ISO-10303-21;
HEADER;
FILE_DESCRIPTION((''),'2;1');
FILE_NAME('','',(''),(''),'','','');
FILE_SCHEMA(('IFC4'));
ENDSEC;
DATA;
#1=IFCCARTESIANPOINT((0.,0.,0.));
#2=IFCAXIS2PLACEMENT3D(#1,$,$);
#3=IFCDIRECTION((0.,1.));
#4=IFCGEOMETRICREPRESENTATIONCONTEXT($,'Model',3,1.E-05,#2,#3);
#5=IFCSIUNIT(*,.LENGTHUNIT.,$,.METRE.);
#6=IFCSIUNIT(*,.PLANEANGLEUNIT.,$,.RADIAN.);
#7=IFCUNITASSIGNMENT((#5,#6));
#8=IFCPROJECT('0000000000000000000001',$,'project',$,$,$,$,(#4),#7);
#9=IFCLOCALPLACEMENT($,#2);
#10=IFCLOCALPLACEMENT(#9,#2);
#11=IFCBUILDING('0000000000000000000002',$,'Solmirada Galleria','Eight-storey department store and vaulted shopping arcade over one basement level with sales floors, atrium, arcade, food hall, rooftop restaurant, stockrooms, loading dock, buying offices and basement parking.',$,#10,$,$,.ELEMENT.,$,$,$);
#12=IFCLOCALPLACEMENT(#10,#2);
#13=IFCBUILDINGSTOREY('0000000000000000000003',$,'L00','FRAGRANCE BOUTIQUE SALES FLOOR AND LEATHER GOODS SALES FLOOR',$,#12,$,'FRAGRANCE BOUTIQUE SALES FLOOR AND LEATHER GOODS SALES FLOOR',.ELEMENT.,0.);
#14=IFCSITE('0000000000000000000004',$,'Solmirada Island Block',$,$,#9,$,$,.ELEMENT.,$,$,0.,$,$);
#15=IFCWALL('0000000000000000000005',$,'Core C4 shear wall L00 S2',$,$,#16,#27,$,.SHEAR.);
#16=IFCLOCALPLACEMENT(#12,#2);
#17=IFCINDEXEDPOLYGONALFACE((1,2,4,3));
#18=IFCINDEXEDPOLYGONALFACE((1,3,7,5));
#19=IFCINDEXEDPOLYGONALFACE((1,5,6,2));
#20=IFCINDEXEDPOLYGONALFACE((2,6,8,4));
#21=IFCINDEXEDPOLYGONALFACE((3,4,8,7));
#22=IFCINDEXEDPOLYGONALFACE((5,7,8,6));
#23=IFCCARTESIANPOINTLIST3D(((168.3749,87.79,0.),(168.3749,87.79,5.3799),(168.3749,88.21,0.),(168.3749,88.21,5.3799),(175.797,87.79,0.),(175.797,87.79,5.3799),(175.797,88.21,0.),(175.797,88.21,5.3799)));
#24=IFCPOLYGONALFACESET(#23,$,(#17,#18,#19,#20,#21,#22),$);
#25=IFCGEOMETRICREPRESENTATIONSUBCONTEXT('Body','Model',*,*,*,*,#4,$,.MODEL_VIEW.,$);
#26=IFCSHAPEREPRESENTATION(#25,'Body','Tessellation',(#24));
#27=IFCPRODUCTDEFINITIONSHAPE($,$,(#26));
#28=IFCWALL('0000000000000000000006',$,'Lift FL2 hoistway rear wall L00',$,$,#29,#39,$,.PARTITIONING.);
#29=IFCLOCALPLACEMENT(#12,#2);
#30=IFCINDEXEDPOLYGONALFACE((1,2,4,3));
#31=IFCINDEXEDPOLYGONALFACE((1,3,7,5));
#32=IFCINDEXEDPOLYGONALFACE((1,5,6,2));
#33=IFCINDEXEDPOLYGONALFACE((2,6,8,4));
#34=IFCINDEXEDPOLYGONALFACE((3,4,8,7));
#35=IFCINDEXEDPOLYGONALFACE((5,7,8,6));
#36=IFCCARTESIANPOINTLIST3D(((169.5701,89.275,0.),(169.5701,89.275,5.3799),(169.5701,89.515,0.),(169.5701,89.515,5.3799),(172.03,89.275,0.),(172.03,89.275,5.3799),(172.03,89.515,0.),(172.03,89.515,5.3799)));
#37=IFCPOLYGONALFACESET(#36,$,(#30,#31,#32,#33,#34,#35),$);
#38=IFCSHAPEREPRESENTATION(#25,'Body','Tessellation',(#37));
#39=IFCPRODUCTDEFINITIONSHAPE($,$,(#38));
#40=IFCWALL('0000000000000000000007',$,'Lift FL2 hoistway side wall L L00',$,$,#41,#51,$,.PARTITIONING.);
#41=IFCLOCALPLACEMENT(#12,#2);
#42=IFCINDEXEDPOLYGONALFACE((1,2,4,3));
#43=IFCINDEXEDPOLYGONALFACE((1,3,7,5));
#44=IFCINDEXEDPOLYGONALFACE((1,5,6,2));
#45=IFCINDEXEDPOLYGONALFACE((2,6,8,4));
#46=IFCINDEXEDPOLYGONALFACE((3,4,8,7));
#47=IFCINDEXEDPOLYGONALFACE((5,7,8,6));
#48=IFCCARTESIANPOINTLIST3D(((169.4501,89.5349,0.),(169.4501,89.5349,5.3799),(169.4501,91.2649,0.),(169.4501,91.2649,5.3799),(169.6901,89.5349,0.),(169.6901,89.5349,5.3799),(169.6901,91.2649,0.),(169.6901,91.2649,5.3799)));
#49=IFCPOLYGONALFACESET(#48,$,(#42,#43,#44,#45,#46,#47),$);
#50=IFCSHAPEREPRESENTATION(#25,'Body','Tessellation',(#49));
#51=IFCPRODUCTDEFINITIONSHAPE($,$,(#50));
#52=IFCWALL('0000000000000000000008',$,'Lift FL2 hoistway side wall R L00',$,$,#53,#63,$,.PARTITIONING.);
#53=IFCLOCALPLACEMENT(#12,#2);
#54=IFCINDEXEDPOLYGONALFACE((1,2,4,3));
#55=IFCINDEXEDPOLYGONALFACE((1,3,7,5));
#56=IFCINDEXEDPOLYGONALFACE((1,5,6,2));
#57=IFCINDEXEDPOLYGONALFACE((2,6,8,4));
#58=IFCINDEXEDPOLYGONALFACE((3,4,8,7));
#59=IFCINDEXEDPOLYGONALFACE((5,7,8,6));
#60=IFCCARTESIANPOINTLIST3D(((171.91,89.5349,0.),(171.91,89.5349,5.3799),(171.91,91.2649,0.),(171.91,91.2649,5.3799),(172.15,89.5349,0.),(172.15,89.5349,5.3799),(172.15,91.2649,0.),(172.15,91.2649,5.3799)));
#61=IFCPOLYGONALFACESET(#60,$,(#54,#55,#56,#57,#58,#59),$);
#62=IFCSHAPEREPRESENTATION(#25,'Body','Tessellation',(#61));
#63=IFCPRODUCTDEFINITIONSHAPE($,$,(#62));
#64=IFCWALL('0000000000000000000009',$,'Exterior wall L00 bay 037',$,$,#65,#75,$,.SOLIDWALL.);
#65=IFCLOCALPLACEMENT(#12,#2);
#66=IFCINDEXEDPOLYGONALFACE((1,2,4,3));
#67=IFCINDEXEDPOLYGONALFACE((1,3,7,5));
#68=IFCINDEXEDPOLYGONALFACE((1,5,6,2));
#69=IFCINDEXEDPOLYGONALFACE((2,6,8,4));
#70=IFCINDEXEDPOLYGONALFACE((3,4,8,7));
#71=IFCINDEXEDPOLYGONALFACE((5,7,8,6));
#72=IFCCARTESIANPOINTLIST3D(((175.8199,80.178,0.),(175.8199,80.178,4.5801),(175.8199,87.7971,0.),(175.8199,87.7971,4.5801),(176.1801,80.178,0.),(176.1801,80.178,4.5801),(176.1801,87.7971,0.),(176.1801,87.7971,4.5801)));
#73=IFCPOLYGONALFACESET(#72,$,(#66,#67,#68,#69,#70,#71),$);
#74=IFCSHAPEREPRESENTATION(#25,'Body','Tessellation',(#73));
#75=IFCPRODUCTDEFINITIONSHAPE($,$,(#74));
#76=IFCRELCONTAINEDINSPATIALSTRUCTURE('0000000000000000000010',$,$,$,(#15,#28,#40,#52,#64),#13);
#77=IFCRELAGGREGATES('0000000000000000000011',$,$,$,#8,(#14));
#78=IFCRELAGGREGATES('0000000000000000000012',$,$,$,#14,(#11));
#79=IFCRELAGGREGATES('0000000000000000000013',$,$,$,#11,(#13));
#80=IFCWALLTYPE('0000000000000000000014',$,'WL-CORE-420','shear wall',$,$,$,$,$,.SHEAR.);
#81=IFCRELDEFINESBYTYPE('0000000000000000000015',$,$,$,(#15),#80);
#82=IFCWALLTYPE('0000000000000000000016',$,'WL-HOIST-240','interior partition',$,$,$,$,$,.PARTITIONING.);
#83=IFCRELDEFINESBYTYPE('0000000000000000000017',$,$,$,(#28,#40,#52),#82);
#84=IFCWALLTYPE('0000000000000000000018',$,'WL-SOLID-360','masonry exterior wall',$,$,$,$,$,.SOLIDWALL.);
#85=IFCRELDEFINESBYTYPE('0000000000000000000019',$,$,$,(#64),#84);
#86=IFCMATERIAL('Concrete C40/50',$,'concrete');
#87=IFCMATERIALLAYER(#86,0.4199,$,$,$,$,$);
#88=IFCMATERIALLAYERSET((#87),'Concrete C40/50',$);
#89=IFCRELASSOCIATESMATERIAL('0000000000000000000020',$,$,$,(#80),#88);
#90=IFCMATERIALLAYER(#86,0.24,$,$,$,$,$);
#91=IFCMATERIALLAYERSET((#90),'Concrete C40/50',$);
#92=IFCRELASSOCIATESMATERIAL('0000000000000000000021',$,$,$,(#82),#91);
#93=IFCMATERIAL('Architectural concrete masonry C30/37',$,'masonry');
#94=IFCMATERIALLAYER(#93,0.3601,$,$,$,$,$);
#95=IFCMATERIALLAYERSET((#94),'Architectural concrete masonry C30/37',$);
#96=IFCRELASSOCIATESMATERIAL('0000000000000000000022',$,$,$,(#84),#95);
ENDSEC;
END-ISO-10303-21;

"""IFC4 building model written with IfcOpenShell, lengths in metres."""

from ifc_helpers import new_model, si_unit, direction, frame, frame_2d, origin, place, context, subcontext, project, spatial, rectangle, extrude, material, layer, layer_set, type_object, element, save


model = new_model("IFC4")

# Units and contexts
model_context = context("Model", 3, precision=1e-05, world=origin(), true_north=direction((0.0, 1.0)))
body_context = subcontext(model_context, "Body", "Model", "MODEL_VIEW")
ifc_project = project(units=[si_unit("LENGTHUNIT", "METRE"), si_unit("PLANEANGLEUNIT", "RADIAN")], contexts=[model_context])

# Site, building, storey
site_placement = place(None, origin())
site = spatial("IfcSite", under=ifc_project, at=site_placement, Name="Solmirada Island Block", CompositionType="ELEMENT", RefElevation=0.0)
building_placement = place(site_placement, origin())
building = spatial("IfcBuilding", under=site, at=building_placement, Name="Solmirada Galleria", Description="Eight-storey department store and vaulted shopping arcade over one basement level with sales floors, atrium, arcade, food hall, rooftop restaurant, stockrooms, loading dock, buying offices and basement parking.", CompositionType="ELEMENT")
storey_placement = place(building_placement, origin())
storey = spatial("IfcBuildingStorey", under=building, at=storey_placement, Name="L00", Description="FRAGRANCE BOUTIQUE SALES FLOOR AND LEATHER GOODS SALES FLOOR", LongName="FRAGRANCE BOUTIQUE SALES FLOOR AND LEATHER GOODS SALES FLOOR", CompositionType="ELEMENT", Elevation=0.0)

# Wall
ifc_material_1 = material(Name="Concrete C40/50", Category="concrete")
ifc_layer_1 = layer(ifc_material_1, 0.4199)
ifc_layer_set_1 = layer_set([ifc_layer_1], Name="Concrete C40/50")
wall_type_1 = type_object("IfcWallType", Name="WL-CORE-420", Description="shear wall", PredefinedType="SHEAR", material=ifc_layer_set_1)
wall_1_placement = place(storey_placement, frame((168.375, 88.0, 0.0), z_axis=(0.0, 0.0, 1.0), x_axis=(1.0, 0.0, 0.0)))
element("IfcWall", 1, at=wall_1_placement, inside=storey, type_object=wall_type_1, Name="Core C4 shear wall L00 S2", PredefinedType="SHEAR", context=body_context, shape_type="SweptSolid", body=[
    extrude(rectangle(XDim=7.4221, YDim=0.4199, at=frame_2d((3.7109, 0.0))), origin(), (0.0, 0.0, 1.0), 5.3799),
])

# Shared definitions
ifc_layer_2 = layer(ifc_material_1, 0.24)
ifc_layer_set_2 = layer_set([ifc_layer_2], Name="Concrete C40/50")
wall_type_2 = type_object("IfcWallType", Name="WL-HOIST-240", Description="interior partition", PredefinedType="PARTITIONING", material=ifc_layer_set_2)

# Walls
wall_2_placement = place(storey_placement, frame((169.5701, 89.395, 0.0), z_axis=(0.0, 0.0, 1.0), x_axis=(1.0, 0.0, 0.0)))
element("IfcWall", 2, at=wall_2_placement, inside=storey, type_object=wall_type_2, Name="Lift FL2 hoistway rear wall L00", PredefinedType="PARTITIONING", context=body_context, shape_type="SweptSolid", body=[
    extrude(rectangle(XDim=2.46, YDim=0.24, at=frame_2d((1.23, 0.0))), origin(), (0.0, 0.0, 1.0), 5.3799),
])
for number, where, z_axis, x_axis, name in (
    (3, (169.5701, 89.5349, 0.0), (0.0, 0.0, 1.0), (0.0, 1.0, 0.0), "Lift FL2 hoistway side wall L L00"),
    (4, (172.03, 89.5349, 0.0), (0.0, 0.0, 1.0), (0.0, 1.0, 0.0), "Lift FL2 hoistway side wall R L00"),
):
    element("IfcWall", number, at=place(storey_placement, frame(where, z_axis=z_axis, x_axis=x_axis)), inside=storey, type_object=wall_type_2, Name=name, PredefinedType="PARTITIONING", context=body_context, shape_type="SweptSolid", body=[
        extrude(rectangle(XDim=1.73, YDim=0.24, at=frame_2d((0.865, 0.0))), origin(), (0.0, 0.0, 1.0), 5.3799),
    ])
ifc_material_2 = material(Name="Architectural concrete masonry C30/37", Category="masonry")
ifc_layer_3 = layer(ifc_material_2, 0.3601)
ifc_layer_set_3 = layer_set([ifc_layer_3], Name="Architectural concrete masonry C30/37")
wall_type_3 = type_object("IfcWallType", Name="WL-SOLID-360", Description="masonry exterior wall", PredefinedType="SOLIDWALL", material=ifc_layer_set_3)
wall_3_placement = place(storey_placement, frame((176.0, 87.7971, 0.0), z_axis=(0.0, 0.0, 1.0), x_axis=(0.0, -1.0, 0.0)))
element("IfcWall", 5, at=wall_3_placement, inside=storey, type_object=wall_type_3, Name="Exterior wall L00 bay 037", PredefinedType="SOLIDWALL", context=body_context, shape_type="SweptSolid", body=[
    extrude(rectangle(XDim=7.6191, YDim=0.3601, at=frame_2d((3.8096, 0.0))), origin(), (0.0, 0.0, 1.0), 4.5801),
])

save(model, "model.ifc")
